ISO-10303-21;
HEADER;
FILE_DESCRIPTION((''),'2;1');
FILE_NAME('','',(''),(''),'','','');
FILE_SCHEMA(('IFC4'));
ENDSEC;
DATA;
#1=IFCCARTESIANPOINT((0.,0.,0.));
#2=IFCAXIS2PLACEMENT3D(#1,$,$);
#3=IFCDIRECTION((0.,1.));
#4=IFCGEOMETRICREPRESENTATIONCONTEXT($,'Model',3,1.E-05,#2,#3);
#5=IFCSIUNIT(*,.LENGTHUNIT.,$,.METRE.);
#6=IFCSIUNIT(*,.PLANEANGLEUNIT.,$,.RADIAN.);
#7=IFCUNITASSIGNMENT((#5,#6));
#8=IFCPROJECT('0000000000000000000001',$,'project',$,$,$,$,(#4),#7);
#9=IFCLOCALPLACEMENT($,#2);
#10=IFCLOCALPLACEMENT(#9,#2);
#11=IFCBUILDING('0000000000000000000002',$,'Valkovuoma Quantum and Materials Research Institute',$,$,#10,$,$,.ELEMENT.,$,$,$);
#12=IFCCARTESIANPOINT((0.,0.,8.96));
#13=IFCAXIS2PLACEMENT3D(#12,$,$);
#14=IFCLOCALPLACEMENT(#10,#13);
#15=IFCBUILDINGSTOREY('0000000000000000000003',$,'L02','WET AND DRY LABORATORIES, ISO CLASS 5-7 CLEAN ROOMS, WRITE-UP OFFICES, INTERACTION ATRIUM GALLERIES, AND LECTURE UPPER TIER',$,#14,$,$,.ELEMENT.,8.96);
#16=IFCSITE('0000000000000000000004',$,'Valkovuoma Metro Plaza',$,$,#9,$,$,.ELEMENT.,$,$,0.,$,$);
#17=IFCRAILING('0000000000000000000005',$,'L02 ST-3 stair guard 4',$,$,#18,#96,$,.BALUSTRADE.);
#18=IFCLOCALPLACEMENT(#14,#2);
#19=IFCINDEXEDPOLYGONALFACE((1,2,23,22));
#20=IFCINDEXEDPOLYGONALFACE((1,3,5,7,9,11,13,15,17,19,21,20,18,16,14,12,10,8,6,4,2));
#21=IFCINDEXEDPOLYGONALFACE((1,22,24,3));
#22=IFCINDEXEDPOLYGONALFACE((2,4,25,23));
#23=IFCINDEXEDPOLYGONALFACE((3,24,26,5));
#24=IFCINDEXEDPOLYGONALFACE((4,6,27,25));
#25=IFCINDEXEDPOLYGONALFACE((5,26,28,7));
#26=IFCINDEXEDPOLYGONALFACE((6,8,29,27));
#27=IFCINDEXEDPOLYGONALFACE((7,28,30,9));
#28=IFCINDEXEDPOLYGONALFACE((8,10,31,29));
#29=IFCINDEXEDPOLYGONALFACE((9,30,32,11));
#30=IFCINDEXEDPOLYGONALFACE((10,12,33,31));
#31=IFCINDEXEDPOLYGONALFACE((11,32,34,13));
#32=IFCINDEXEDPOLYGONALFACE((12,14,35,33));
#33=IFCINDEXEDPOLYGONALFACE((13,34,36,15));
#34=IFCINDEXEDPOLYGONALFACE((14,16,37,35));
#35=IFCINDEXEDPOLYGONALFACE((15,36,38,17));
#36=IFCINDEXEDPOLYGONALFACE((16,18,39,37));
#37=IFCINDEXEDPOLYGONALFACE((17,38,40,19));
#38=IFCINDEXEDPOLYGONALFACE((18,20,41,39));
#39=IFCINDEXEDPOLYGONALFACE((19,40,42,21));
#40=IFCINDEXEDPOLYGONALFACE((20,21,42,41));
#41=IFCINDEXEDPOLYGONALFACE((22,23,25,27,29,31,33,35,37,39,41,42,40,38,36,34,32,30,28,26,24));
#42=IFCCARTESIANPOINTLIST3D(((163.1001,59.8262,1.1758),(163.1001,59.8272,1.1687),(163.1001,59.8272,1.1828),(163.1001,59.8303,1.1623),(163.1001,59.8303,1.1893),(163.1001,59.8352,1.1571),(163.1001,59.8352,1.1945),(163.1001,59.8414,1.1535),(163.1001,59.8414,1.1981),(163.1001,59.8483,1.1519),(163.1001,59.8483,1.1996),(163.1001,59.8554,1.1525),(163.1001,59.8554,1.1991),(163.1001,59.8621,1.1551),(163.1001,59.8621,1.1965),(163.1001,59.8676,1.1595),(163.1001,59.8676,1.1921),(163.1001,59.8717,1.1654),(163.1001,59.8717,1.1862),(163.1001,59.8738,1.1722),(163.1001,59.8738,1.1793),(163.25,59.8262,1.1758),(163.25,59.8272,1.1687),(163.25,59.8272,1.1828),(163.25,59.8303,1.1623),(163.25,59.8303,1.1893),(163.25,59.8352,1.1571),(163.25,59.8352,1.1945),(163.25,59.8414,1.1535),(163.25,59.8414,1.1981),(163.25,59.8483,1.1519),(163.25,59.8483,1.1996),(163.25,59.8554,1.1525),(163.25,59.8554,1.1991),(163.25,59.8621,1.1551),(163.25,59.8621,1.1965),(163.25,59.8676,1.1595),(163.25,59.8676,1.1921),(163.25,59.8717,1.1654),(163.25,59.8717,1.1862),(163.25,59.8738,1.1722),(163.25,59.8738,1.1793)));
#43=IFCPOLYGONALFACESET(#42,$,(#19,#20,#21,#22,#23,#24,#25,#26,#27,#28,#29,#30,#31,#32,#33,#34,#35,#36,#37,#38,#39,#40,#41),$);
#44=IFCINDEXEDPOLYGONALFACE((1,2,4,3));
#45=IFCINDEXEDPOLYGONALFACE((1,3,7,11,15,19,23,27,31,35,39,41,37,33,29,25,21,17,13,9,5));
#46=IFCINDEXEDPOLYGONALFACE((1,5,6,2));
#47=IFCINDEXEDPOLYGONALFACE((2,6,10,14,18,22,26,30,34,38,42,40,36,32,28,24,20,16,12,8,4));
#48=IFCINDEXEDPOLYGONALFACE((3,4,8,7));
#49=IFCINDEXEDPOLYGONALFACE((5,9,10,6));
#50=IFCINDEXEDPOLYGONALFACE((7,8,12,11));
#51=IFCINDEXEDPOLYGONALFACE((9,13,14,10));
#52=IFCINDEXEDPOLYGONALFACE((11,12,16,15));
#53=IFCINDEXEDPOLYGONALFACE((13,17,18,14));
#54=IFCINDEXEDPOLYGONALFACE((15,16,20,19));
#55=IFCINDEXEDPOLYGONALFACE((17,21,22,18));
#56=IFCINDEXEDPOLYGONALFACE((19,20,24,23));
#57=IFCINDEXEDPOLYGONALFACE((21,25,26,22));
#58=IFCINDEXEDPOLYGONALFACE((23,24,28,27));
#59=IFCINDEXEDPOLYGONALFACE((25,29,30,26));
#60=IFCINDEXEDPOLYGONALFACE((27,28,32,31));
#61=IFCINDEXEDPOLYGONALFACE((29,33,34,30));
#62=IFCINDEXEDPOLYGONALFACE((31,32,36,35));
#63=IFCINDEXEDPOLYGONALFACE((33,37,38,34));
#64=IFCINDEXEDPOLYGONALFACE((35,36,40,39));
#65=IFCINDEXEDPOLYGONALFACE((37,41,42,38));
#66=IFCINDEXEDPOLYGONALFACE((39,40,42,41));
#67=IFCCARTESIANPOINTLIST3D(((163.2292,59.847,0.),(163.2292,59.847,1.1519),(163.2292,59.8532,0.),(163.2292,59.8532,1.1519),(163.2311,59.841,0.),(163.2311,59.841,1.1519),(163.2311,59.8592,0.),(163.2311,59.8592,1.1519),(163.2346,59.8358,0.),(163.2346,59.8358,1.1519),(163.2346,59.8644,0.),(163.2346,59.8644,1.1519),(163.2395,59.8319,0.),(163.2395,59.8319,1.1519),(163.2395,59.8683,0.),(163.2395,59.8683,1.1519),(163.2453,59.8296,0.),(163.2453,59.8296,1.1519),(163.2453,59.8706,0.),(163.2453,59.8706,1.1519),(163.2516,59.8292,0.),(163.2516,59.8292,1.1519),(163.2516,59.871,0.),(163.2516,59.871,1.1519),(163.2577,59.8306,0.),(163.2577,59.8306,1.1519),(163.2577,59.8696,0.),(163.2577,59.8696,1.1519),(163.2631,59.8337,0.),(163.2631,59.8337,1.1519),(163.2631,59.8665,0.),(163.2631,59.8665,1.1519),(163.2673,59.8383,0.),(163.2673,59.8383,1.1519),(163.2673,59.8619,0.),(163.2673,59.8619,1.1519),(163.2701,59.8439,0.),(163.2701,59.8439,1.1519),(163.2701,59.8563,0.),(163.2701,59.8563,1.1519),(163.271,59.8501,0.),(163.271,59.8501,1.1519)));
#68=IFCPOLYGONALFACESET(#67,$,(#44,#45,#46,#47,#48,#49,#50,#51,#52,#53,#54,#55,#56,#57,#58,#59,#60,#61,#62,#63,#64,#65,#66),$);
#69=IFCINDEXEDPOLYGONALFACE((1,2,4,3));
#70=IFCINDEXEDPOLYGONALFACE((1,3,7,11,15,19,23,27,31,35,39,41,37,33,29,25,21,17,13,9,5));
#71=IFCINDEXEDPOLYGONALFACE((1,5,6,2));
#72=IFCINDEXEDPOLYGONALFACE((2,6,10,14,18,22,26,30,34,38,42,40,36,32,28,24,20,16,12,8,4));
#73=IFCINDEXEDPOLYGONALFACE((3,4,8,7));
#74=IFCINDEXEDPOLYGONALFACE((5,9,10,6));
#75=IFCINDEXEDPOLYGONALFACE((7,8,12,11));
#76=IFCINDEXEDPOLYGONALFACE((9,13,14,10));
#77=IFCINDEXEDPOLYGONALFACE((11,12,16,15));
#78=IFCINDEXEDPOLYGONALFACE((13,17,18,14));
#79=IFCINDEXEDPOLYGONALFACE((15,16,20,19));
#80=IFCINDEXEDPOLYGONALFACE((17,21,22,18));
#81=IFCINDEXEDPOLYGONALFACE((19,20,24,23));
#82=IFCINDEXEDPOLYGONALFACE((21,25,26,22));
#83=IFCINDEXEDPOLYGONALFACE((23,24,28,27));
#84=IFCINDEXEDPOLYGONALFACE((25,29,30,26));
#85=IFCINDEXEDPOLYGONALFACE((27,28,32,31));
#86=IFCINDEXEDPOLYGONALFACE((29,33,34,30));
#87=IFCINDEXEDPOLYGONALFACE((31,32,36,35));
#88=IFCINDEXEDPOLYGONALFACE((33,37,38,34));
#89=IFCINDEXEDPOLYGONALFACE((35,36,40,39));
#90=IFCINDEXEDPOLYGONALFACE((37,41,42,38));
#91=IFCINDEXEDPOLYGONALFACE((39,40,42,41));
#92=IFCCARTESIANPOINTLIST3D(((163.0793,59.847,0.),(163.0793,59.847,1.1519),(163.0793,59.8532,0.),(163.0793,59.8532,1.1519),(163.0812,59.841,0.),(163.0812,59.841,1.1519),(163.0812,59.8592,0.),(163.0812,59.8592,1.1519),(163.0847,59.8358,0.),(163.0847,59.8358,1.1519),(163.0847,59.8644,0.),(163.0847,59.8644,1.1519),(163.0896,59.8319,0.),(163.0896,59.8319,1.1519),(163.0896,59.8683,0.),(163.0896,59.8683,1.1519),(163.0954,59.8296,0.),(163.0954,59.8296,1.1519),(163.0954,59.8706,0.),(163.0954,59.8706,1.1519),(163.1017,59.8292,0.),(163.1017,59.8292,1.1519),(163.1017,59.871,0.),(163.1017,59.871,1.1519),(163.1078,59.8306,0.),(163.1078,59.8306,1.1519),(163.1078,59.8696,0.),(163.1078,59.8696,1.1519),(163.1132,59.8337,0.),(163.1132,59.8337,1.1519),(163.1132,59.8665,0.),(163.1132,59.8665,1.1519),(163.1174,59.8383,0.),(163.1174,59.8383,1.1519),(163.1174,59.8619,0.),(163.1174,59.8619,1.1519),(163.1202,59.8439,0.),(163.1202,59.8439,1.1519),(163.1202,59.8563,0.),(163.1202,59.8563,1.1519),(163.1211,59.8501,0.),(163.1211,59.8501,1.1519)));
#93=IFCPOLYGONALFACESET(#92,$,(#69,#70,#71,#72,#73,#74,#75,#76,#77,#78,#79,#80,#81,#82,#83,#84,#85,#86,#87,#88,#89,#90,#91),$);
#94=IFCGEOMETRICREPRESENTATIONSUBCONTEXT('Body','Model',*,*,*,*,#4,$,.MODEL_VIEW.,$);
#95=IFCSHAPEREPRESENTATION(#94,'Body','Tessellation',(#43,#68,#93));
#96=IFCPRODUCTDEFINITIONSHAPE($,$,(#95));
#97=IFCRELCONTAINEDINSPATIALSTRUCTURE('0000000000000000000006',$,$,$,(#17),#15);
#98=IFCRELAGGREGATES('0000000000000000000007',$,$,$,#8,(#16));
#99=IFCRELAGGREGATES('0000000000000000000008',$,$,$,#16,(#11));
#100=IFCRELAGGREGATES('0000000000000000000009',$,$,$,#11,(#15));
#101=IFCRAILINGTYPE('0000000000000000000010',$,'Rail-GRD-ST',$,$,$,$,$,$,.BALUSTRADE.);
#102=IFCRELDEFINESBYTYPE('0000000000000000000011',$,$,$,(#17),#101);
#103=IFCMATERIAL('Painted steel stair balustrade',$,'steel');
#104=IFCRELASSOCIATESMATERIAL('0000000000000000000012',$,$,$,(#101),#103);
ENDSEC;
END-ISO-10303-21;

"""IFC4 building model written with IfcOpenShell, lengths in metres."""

from ifc_helpers import new_model, si_unit, direction, frame, origin, origin_2d, place, context, subcontext, project, spatial, circle, extrude, material, type_object, element, save


model = new_model("IFC4")

# Units and contexts
model_context = context("Model", 3, precision=1e-05, world=origin(), true_north=direction((0.0, 1.0)))
body_context = subcontext(model_context, "Body", "Model", "MODEL_VIEW")
ifc_project = project(units=[si_unit("LENGTHUNIT", "METRE"), si_unit("PLANEANGLEUNIT", "RADIAN")], contexts=[model_context])

# Site, building, storey
site_placement = place(None, origin())
site = spatial("IfcSite", under=ifc_project, at=site_placement, Name="Valkovuoma Metro Plaza", CompositionType="ELEMENT", RefElevation=0.0)
building_placement = place(site_placement, origin())
building = spatial("IfcBuilding", under=site, at=building_placement, Name="Valkovuoma Quantum and Materials Research Institute", CompositionType="ELEMENT")
storey_placement = place(building_placement, frame((0.0, 0.0, 8.96)))
storey = spatial("IfcBuildingStorey", under=building, at=storey_placement, Name="L02", Description="WET AND DRY LABORATORIES, ISO CLASS 5-7 CLEAN ROOMS, WRITE-UP OFFICES, INTERACTION ATRIUM GALLERIES, AND LECTURE UPPER TIER", CompositionType="ELEMENT", Elevation=8.96)

# Railing
ifc_material_1 = material(Name="Painted steel stair balustrade", Category="steel")
railing_type_1 = type_object("IfcRailingType", Name="Rail-GRD-ST", PredefinedType="BALUSTRADE", material=ifc_material_1)
railing_1_placement = place(storey_placement, frame((163.25, 59.8501, 0.0)))
element("IfcRailing", 1, at=railing_1_placement, inside=storey, type_object=railing_type_1, Name="L02 ST-3 stair guard 4", PredefinedType="BALUSTRADE", context=body_context, shape_type="SweptSolid", body=[
    extrude(circle(Radius=0.0239, at=origin_2d()), frame((0.0, 0.0, 1.1758), z_axis=(-1.0, 0.0, 0.0), x_axis=(0.0, -1.0, 0.0)), (0.0, 0.0, 1.0), 0.1499),
    extrude(circle(Radius=0.021, at=origin_2d()), origin(), (0.0, 0.0, 1.0), 1.1519),
    extrude(circle(Radius=0.021, at=origin_2d()), frame((-0.1499, 0.0, 0.0)), (0.0, 0.0, 1.0), 1.1519),
])

save(model, "model.ifc")
